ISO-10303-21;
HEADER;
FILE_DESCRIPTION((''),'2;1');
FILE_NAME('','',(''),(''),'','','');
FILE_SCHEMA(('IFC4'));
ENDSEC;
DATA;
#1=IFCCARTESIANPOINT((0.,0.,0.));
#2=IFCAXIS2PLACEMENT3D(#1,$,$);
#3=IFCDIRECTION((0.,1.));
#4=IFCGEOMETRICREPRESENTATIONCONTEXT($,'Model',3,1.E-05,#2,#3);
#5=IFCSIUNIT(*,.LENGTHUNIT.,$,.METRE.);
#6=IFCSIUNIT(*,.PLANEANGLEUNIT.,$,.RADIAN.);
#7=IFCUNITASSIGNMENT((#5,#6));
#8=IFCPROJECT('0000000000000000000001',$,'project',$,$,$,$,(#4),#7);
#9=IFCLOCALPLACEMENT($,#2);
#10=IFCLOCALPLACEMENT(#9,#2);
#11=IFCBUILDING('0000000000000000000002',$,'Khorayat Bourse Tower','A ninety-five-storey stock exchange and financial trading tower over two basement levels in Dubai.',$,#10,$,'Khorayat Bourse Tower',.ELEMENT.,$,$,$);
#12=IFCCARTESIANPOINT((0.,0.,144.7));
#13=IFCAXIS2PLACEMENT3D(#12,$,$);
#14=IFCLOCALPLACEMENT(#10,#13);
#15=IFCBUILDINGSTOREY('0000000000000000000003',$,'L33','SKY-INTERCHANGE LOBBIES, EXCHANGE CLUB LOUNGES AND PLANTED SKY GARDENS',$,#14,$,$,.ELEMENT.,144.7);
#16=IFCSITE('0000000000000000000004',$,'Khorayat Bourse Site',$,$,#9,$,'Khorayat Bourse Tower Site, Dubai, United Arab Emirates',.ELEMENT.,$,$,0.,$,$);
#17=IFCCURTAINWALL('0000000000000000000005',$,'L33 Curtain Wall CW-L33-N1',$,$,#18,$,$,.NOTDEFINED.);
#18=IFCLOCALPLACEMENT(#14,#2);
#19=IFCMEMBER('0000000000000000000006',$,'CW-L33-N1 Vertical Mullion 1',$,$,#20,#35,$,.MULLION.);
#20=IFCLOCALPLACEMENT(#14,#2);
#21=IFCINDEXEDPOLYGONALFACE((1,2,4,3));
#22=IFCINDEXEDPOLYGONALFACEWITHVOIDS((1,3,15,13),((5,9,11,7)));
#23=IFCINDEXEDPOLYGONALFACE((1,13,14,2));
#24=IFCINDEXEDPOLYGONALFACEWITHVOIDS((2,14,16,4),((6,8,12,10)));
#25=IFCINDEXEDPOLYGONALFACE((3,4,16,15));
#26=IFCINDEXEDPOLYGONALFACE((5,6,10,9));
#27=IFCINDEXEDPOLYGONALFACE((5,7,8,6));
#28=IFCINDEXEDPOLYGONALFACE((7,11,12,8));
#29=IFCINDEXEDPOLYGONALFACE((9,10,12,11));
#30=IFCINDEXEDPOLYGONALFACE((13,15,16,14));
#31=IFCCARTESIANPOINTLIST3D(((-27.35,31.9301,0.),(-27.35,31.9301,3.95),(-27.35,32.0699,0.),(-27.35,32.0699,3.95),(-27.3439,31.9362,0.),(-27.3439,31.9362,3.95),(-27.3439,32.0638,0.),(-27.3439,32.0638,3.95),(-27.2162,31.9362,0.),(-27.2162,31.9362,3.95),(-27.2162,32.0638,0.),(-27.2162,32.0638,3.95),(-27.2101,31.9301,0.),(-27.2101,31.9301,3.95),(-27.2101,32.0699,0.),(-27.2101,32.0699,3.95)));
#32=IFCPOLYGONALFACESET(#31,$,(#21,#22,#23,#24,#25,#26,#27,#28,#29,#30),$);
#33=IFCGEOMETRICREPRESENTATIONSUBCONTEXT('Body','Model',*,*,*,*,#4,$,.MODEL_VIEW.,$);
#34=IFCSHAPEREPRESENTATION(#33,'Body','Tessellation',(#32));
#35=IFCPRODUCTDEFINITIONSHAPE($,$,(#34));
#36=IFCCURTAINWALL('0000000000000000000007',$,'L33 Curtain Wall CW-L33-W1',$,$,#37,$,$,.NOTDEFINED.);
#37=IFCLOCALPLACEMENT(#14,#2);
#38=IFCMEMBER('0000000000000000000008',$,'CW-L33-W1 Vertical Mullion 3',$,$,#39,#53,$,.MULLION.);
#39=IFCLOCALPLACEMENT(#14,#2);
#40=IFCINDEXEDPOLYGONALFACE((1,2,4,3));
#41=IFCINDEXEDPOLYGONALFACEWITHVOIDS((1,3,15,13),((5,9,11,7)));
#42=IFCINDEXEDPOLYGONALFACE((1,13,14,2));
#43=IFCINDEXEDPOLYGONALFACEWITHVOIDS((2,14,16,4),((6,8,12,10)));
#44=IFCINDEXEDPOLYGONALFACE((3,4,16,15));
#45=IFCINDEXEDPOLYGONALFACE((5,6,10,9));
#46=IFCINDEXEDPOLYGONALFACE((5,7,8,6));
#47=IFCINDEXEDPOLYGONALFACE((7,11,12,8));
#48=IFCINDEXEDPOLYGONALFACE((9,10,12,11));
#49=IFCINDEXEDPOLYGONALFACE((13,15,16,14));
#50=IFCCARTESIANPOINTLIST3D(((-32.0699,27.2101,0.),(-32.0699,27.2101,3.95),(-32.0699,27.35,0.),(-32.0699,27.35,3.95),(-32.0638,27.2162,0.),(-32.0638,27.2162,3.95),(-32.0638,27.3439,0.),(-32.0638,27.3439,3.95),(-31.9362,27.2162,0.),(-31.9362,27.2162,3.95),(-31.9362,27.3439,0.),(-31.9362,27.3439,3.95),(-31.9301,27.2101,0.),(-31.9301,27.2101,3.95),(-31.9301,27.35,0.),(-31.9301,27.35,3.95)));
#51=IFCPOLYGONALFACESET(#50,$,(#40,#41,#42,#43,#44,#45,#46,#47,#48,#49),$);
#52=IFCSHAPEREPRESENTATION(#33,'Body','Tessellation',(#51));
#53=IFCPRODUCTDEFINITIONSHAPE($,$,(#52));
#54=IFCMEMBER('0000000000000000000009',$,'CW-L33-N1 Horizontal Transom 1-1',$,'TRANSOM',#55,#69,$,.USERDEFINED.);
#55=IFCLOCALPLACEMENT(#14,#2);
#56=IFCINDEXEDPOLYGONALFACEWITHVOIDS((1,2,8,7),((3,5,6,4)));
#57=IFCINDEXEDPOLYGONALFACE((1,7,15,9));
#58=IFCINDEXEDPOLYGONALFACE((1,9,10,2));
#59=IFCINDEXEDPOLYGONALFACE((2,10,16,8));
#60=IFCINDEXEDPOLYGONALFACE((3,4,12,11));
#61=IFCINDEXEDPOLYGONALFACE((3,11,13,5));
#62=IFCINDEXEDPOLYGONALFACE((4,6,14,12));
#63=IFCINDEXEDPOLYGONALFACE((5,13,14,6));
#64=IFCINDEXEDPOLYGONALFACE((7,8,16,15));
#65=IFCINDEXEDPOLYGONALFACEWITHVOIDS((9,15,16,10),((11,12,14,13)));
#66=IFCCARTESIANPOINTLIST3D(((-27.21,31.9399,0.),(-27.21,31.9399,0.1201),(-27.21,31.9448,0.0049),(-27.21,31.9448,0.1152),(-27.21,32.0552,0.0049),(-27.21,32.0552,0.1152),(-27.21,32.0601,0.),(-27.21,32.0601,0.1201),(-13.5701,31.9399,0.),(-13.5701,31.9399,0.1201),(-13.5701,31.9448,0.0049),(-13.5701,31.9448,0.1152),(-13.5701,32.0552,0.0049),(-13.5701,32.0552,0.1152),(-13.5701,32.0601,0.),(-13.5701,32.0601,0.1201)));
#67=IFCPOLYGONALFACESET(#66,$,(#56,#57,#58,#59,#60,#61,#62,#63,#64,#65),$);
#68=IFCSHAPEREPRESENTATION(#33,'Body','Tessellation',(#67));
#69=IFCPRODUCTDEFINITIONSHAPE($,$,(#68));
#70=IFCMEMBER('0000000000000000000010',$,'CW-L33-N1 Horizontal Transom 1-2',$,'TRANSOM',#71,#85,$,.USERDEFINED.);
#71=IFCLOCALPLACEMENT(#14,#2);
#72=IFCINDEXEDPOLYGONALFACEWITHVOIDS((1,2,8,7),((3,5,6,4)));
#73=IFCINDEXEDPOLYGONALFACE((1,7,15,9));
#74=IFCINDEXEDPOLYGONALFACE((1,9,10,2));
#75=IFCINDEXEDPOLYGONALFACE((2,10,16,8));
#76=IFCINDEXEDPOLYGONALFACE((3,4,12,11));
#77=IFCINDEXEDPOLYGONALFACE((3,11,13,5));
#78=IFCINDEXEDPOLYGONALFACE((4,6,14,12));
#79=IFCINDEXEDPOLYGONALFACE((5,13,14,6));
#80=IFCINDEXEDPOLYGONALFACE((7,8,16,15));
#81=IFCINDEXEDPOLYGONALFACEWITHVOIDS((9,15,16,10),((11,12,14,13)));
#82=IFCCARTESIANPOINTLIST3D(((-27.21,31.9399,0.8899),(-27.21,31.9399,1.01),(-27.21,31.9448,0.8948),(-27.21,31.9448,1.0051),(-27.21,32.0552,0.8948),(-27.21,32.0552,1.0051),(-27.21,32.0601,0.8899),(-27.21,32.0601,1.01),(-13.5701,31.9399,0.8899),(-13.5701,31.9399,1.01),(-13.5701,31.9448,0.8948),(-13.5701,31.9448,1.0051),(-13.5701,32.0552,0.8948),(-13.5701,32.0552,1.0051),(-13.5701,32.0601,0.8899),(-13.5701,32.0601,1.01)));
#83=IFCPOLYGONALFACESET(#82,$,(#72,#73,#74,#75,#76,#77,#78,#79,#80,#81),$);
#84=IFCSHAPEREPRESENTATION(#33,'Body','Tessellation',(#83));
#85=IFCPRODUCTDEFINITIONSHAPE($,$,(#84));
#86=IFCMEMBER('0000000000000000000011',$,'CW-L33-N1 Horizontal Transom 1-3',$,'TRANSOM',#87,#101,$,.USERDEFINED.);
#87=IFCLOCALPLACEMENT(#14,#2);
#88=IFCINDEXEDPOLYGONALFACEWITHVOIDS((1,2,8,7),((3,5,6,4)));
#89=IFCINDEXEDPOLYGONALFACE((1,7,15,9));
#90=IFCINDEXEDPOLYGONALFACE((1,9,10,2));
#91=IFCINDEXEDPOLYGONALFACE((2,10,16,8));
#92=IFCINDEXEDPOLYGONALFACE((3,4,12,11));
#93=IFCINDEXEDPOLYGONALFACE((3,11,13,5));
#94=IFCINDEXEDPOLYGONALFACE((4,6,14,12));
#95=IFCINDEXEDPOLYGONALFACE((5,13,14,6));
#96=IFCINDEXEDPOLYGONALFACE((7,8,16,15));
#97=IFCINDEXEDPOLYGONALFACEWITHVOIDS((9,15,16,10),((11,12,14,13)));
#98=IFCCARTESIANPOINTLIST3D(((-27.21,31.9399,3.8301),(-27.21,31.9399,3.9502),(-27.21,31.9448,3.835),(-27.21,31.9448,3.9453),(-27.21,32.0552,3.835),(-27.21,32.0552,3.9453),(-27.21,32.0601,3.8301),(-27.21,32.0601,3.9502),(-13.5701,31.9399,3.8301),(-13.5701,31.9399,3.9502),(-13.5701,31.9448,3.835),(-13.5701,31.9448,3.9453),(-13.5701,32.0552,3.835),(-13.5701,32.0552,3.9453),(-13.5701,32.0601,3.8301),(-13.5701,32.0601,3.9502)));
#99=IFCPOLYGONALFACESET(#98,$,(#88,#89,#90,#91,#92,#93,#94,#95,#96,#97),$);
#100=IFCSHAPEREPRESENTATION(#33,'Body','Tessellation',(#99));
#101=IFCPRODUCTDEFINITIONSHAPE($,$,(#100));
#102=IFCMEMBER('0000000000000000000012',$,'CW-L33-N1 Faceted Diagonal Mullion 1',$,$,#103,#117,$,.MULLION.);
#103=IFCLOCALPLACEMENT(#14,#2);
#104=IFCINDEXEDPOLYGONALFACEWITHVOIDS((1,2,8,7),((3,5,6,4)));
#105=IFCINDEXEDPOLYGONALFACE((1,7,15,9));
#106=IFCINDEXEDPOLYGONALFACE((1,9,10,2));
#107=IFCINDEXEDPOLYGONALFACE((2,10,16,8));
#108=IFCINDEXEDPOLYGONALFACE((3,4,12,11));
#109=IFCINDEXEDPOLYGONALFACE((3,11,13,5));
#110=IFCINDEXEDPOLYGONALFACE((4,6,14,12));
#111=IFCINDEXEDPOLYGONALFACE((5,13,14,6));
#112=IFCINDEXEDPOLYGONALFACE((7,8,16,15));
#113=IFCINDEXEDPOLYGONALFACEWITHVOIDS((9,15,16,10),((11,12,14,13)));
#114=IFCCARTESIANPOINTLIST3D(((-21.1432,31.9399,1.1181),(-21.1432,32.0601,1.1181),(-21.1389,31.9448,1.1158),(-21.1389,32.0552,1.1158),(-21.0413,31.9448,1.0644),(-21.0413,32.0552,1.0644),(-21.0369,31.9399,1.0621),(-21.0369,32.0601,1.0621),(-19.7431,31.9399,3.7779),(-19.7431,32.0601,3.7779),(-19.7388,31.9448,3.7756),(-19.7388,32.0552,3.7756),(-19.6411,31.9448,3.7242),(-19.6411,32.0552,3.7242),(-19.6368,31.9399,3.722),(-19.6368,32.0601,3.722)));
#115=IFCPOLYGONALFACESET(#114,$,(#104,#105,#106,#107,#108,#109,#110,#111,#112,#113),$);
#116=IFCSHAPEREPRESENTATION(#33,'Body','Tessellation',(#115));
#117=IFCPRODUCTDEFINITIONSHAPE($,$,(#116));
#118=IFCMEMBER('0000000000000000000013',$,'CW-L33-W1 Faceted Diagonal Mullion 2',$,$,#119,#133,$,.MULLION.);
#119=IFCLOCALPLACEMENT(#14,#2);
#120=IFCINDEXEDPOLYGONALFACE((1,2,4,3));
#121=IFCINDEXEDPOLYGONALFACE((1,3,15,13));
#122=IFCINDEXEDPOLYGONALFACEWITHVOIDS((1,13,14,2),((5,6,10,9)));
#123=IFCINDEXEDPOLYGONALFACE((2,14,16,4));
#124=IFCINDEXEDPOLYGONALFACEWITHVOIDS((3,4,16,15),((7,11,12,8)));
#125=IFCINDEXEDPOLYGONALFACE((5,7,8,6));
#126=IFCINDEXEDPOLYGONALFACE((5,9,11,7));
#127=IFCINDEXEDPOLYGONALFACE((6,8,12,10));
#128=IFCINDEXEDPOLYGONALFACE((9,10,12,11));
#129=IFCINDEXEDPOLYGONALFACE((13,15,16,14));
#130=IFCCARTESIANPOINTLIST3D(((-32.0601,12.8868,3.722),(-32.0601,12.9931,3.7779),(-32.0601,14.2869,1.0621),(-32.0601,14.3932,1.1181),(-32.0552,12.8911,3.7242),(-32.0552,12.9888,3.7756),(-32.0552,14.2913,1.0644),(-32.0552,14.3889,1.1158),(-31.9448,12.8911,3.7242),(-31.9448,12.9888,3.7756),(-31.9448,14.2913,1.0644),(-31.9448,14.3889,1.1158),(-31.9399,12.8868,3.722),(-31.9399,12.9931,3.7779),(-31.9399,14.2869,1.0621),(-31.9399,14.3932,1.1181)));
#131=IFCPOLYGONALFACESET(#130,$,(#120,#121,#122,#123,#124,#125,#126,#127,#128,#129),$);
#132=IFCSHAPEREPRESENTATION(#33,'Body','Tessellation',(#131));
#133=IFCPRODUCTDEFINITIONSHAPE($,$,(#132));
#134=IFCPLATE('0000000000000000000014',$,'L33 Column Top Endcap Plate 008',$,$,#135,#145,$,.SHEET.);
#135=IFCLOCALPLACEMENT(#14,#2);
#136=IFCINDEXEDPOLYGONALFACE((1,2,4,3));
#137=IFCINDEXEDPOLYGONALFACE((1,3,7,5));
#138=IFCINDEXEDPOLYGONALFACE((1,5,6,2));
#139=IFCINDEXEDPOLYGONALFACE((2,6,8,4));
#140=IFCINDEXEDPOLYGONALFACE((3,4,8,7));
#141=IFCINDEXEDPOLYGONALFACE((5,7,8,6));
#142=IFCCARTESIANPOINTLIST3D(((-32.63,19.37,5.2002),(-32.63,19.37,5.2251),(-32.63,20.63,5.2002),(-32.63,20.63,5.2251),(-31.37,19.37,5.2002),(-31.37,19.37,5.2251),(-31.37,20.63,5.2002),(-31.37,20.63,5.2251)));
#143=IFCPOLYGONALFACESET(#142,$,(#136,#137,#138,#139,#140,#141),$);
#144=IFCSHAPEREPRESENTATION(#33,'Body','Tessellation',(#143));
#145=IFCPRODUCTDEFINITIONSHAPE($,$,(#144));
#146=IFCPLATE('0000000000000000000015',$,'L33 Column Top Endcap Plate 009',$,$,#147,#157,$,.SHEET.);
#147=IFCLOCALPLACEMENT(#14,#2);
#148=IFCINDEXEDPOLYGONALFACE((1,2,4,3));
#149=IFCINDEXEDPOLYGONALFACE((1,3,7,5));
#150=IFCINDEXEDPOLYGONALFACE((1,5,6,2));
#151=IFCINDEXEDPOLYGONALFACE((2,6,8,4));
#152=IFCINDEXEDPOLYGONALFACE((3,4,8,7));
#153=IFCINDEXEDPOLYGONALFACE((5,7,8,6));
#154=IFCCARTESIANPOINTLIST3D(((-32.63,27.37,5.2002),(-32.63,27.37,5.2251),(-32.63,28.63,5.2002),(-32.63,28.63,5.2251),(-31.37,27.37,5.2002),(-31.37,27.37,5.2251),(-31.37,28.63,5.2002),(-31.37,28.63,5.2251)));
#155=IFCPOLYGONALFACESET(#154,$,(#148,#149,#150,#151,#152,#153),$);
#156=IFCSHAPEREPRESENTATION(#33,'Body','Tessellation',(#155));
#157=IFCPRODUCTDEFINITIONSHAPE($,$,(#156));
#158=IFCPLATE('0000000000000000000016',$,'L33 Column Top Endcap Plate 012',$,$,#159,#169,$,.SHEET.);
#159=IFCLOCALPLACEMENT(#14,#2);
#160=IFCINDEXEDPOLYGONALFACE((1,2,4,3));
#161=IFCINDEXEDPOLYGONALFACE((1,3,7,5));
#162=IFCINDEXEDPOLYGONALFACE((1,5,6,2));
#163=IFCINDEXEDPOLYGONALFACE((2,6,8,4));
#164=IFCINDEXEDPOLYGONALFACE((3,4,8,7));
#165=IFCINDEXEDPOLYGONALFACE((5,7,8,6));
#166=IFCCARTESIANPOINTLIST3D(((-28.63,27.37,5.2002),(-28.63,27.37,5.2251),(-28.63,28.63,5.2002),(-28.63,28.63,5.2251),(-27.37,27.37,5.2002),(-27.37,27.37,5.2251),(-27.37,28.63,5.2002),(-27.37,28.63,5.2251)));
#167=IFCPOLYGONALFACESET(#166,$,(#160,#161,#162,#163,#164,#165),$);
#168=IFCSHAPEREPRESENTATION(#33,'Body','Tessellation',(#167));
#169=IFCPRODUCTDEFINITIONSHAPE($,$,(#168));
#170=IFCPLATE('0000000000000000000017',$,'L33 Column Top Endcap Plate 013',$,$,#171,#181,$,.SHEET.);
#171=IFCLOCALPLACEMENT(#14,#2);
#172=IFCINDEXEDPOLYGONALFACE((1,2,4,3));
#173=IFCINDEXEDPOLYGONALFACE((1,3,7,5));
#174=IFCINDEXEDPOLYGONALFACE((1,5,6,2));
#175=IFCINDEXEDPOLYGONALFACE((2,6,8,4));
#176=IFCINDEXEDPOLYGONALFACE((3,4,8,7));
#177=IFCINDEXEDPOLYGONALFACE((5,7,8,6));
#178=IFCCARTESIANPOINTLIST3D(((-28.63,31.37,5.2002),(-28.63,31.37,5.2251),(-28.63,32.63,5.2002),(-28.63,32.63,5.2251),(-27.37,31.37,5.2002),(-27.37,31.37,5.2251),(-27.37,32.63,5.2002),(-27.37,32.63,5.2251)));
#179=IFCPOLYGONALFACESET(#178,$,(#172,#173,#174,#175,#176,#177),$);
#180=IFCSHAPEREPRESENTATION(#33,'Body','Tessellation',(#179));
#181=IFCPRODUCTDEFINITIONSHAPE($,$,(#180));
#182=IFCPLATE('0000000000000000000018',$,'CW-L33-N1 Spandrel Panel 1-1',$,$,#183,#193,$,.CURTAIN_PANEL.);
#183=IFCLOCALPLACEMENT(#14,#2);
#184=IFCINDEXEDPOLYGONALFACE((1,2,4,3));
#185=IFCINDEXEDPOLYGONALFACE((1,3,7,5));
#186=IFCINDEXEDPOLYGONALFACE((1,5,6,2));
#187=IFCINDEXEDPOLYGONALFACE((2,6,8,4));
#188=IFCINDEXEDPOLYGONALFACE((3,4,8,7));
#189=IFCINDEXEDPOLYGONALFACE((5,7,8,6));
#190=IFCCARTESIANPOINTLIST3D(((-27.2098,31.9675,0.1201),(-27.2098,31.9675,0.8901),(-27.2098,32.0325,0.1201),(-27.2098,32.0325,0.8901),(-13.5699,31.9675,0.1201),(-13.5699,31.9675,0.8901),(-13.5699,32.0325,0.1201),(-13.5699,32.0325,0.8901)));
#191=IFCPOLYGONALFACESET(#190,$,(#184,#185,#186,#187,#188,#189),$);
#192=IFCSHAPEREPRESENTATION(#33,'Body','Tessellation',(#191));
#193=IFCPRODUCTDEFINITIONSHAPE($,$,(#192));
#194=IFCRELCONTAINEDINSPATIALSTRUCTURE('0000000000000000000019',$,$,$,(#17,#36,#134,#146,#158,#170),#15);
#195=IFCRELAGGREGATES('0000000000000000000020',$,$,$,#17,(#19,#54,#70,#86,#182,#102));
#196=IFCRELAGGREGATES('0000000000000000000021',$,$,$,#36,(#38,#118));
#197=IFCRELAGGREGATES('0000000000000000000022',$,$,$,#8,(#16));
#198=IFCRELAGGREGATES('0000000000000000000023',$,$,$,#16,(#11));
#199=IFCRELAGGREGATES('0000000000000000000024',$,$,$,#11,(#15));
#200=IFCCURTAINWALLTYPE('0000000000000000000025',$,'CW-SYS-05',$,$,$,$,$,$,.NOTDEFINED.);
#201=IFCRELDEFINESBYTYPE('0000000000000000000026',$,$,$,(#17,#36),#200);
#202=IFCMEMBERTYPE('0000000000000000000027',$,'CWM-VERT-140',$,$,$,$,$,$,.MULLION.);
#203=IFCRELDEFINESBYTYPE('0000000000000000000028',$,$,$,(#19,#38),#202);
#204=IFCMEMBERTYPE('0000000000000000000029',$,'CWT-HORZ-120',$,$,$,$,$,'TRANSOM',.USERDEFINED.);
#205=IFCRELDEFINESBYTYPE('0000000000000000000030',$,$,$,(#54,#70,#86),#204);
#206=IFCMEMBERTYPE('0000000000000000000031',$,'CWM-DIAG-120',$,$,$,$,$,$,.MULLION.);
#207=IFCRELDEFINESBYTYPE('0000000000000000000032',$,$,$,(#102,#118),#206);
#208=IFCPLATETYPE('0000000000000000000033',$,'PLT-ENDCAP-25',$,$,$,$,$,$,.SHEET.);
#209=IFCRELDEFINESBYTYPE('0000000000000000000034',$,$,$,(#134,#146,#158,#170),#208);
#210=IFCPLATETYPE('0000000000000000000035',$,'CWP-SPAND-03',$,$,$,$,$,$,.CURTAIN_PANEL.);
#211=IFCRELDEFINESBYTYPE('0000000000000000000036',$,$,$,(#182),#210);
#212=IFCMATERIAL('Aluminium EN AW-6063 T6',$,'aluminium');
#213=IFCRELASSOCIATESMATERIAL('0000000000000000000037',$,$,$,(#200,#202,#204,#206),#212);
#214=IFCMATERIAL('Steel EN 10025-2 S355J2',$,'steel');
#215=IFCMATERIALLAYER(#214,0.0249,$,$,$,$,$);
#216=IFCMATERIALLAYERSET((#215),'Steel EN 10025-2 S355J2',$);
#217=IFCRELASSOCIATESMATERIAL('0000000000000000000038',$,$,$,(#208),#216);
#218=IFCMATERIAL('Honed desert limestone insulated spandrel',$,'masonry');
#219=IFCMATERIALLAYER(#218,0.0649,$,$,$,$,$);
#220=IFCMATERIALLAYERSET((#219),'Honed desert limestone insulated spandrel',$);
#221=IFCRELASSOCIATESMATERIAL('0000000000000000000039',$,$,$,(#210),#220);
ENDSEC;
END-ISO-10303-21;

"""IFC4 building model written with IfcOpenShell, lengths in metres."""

from ifc_helpers import new_model, si_unit, direction, frame, origin, origin_2d, place, context, subcontext, project, spatial, rectangle, hollow_rectangle, extrude, source, transform, mapped, material, layer, layer_set, material_profile, profile_set, type_object, element, aggregate, save


model = new_model("IFC4")

# Units and contexts
model_context = context("Model", 3, precision=1e-05, world=origin(), true_north=direction((0.0, 1.0)))
body_context = subcontext(model_context, "Body", "Model", "MODEL_VIEW")
ifc_project = project(units=[si_unit("LENGTHUNIT", "METRE"), si_unit("PLANEANGLEUNIT", "RADIAN")], contexts=[model_context])

# Site, building, storey
site_placement = place(None, origin())
site = spatial("IfcSite", under=ifc_project, at=site_placement, Name="Khorayat Bourse Site", LongName="Khorayat Bourse Tower Site, Dubai, United Arab Emirates", CompositionType="ELEMENT", RefElevation=0.0)
building_placement = place(site_placement, origin())
building = spatial("IfcBuilding", under=site, at=building_placement, Name="Khorayat Bourse Tower", Description="A ninety-five-storey stock exchange and financial trading tower over two basement levels in Dubai.", LongName="Khorayat Bourse Tower", CompositionType="ELEMENT")
storey_placement = place(building_placement, frame((0.0, 0.0, 144.7)))
storey = spatial("IfcBuildingStorey", under=building, at=storey_placement, Name="L33", Description="SKY-INTERCHANGE LOBBIES, EXCHANGE CLUB LOUNGES AND PLANTED SKY GARDENS", CompositionType="ELEMENT", Elevation=144.7)

# Curtain walls, members
ifc_material_1 = material(Name="Aluminium EN AW-6063 T6", Category="aluminium")
curtain_wall_type = type_object("IfcCurtainWallType", Name="CW-SYS-05", PredefinedType="NOTDEFINED", material=ifc_material_1)
curtain_wall_1_placement = place(storey_placement, origin())
curtain_wall_1 = element("IfcCurtainWall", 1, at=curtain_wall_1_placement, inside=storey, type_object=curtain_wall_type, Name="L33 Curtain Wall CW-L33-N1", PredefinedType="NOTDEFINED")
ifc_material_profile_1 = material_profile(ifc_material_1, hollow_rectangle(XDim=0.1399, YDim=0.1399, WallThickness=0.0061, at=origin_2d()), Name="ALU 140x140x6")
ifc_profile_set_1 = profile_set([ifc_material_profile_1], Name="Aluminium EN AW-6063 T6")
member_type_1 = type_object("IfcMemberType", Name="CWM-VERT-140", PredefinedType="MULLION", material=ifc_profile_set_1)
shared_shape_1 = source(origin(), body_context, "Body", "SweptSolid", [
    extrude(hollow_rectangle(XDim=0.1399, YDim=0.1399, WallThickness=0.0061, at=origin_2d()), origin(), (0.0, 0.0, 1.0), 3.95),
])
member_1_placement = place(storey_placement, frame((-27.28, 32.0, 0.0), z_axis=(0.0, 0.0, 1.0), x_axis=(0.0, 1.0, 0.0)))
member_1 = element("IfcMember", 2, at=member_1_placement, type_object=member_type_1, Name="CW-L33-N1 Vertical Mullion 1", PredefinedType="MULLION", context=body_context, shape_type="MappedRepresentation", body=[
    mapped(shared_shape_1, transform((0.0, 0.0, 0.0), scale=1.0)),
])
curtain_wall_2_placement = place(storey_placement, origin())
curtain_wall_2 = element("IfcCurtainWall", 3, at=curtain_wall_2_placement, inside=storey, type_object=curtain_wall_type, Name="L33 Curtain Wall CW-L33-W1", PredefinedType="NOTDEFINED")
member_2_placement = place(storey_placement, frame((-32.0, 27.28, 0.0), z_axis=(0.0, 0.0, 1.0), x_axis=(-1.0, 0.0, 0.0)))
member_2 = element("IfcMember", 4, at=member_2_placement, type_object=member_type_1, Name="CW-L33-W1 Vertical Mullion 3", PredefinedType="MULLION", context=body_context, shape_type="MappedRepresentation", body=[
    mapped(shared_shape_1, transform((0.0, 0.0, 0.0), scale=1.0)),
])

# Members
ifc_material_profile_2 = material_profile(ifc_material_1, hollow_rectangle(XDim=0.1201, YDim=0.1201, WallThickness=0.0049, at=origin_2d()), Name="ALU 120x120x5")
ifc_profile_set_2 = profile_set([ifc_material_profile_2], Name="Aluminium EN AW-6063 T6")
member_type_2 = type_object("IfcMemberType", Name="CWT-HORZ-120", ElementType="TRANSOM", PredefinedType="USERDEFINED", material=ifc_profile_set_2)
shared_shape_2 = source(origin(), body_context, "Body", "SweptSolid", [
    extrude(hollow_rectangle(XDim=0.1201, YDim=0.1201, WallThickness=0.0049, at=origin_2d()), origin(), (0.0, 0.0, 1.0), 13.6399),
])
member_3_placement = place(storey_placement, frame((-27.21, 32.0, 0.0601), z_axis=(1.0, 0.0, 0.0), x_axis=(0.0, 1.0, 0.0)))
member_3 = element("IfcMember", 5, at=member_3_placement, type_object=member_type_2, Name="CW-L33-N1 Horizontal Transom 1-1", ObjectType="TRANSOM", PredefinedType="USERDEFINED", context=body_context, shape_type="MappedRepresentation", body=[
    mapped(shared_shape_2, transform((0.0, 0.0, 0.0), scale=1.0)),
])
member_4_placement = place(storey_placement, frame((-27.21, 32.0, 0.95), z_axis=(1.0, 0.0, 0.0), x_axis=(0.0, 1.0, 0.0)))
member_4 = element("IfcMember", 6, at=member_4_placement, type_object=member_type_2, Name="CW-L33-N1 Horizontal Transom 1-2", ObjectType="TRANSOM", PredefinedType="USERDEFINED", context=body_context, shape_type="MappedRepresentation", body=[
    mapped(shared_shape_2, transform((0.0, 0.0, 0.0), scale=1.0)),
])
member_5_placement = place(storey_placement, frame((-27.21, 32.0, 3.8901), z_axis=(1.0, 0.0, 0.0), x_axis=(0.0, 1.0, 0.0)))
member_5 = element("IfcMember", 7, at=member_5_placement, type_object=member_type_2, Name="CW-L33-N1 Horizontal Transom 1-3", ObjectType="TRANSOM", PredefinedType="USERDEFINED", context=body_context, shape_type="MappedRepresentation", body=[
    mapped(shared_shape_2, transform((0.0, 0.0, 0.0), scale=1.0)),
])
ifc_material_profile_3 = material_profile(ifc_material_1, hollow_rectangle(XDim=0.1201, YDim=0.1201, WallThickness=0.0049, at=origin_2d()), Name="ALU 120x120x5")
ifc_profile_set_3 = profile_set([ifc_material_profile_3], Name="Aluminium EN AW-6063 T6")
member_type_3 = type_object("IfcMemberType", Name="CWM-DIAG-120", PredefinedType="MULLION", material=ifc_profile_set_3)
shared_shape_3 = source(origin(), body_context, "Body", "SweptSolid", [
    extrude(hollow_rectangle(XDim=0.1201, YDim=0.1201, WallThickness=0.0049, at=origin_2d()), origin(), (0.0, 0.0, 1.0), 3.0059),
])
member_6_placement = place(storey_placement, frame((-21.0901, 32.0, 1.0901), z_axis=(0.465797, 0.0, 0.884892), x_axis=(0.0, 1.0, 0.0)))
member_6 = element("IfcMember", 8, at=member_6_placement, type_object=member_type_3, Name="CW-L33-N1 Faceted Diagonal Mullion 1", PredefinedType="MULLION", context=body_context, shape_type="MappedRepresentation", body=[
    mapped(shared_shape_3, transform((0.0, 0.0, 0.0), scale=1.0)),
])
member_7_placement = place(storey_placement, frame((-32.0, 14.3401, 1.0901), z_axis=(0.0, -0.465797, 0.884892), x_axis=(1.0, 0.0, 0.0)))
member_7 = element("IfcMember", 9, at=member_7_placement, type_object=member_type_3, Name="CW-L33-W1 Faceted Diagonal Mullion 2", PredefinedType="MULLION", context=body_context, shape_type="MappedRepresentation", body=[
    mapped(shared_shape_3, transform((0.0, 0.0, 0.0), scale=1.0)),
])

# Plates
ifc_material_2 = material(Name="Steel EN 10025-2 S355J2", Category="steel")
ifc_layer_1 = layer(ifc_material_2, 0.0249)
ifc_layer_set_1 = layer_set([ifc_layer_1], Name="Steel EN 10025-2 S355J2")
plate_type_1 = type_object("IfcPlateType", Name="PLT-ENDCAP-25", PredefinedType="SHEET", material=ifc_layer_set_1)
shared_shape_4 = source(origin(), body_context, "Body", "SweptSolid", [
    extrude(rectangle(XDim=1.26, YDim=1.26, at=origin_2d()), origin(), (0.0, 0.0, 1.0), 0.0249),
])
for number, where, z_axis, x_axis, name in (
    (10, (-32.0, 20.0, 5.2002), (0.0, 0.0, 1.0), (1.0, 0.0, 0.0), "L33 Column Top Endcap Plate 008"),
    (11, (-32.0, 28.0, 5.2002), (0.0, 0.0, 1.0), (1.0, 0.0, 0.0), "L33 Column Top Endcap Plate 009"),
    (12, (-28.0, 28.0, 5.2002), (0.0, 0.0, 1.0), (1.0, 0.0, 0.0), "L33 Column Top Endcap Plate 012"),
    (13, (-28.0, 32.0, 5.2002), (0.0, 0.0, 1.0), (1.0, 0.0, 0.0), "L33 Column Top Endcap Plate 013"),
):
    element("IfcPlate", number, at=place(storey_placement, frame(where, z_axis=z_axis, x_axis=x_axis)), inside=storey, type_object=plate_type_1, Name=name, PredefinedType="SHEET", context=body_context, shape_type="MappedRepresentation", body=[
        mapped(shared_shape_4, transform((0.0, 0.0, 0.0), scale=1.0)),
    ])

# Plate
ifc_material_3 = material(Name="Honed desert limestone insulated spandrel", Category="masonry")
ifc_layer_2 = layer(ifc_material_3, 0.0649)
ifc_layer_set_2 = layer_set([ifc_layer_2], Name="Honed desert limestone insulated spandrel")
plate_type_2 = type_object("IfcPlateType", Name="CWP-SPAND-03", PredefinedType="CURTAIN_PANEL", material=ifc_layer_set_2)
shared_shape_5 = source(origin(), body_context, "Body", "SweptSolid", [
    extrude(rectangle(XDim=13.6399, YDim=0.0649, at=origin_2d()), origin(), (0.0, 0.0, 1.0), 0.77),
])
plate_1_placement = place(storey_placement, frame((-20.3899, 32.0, 0.1201), z_axis=(0.0, 0.0, 1.0), x_axis=(1.0, 0.0, 0.0)))
plate_1 = element("IfcPlate", 14, at=plate_1_placement, type_object=plate_type_2, Name="CW-L33-N1 Spandrel Panel 1-1", PredefinedType="CURTAIN_PANEL", context=body_context, shape_type="MappedRepresentation", body=[
    mapped(shared_shape_5, transform((0.0, 0.0, 0.0), scale=1.0)),
])
aggregate(curtain_wall_1, [member_1, member_3, member_4, member_5, plate_1, member_6])
aggregate(curtain_wall_2, [member_2, member_7])

save(model, "model.ifc")
